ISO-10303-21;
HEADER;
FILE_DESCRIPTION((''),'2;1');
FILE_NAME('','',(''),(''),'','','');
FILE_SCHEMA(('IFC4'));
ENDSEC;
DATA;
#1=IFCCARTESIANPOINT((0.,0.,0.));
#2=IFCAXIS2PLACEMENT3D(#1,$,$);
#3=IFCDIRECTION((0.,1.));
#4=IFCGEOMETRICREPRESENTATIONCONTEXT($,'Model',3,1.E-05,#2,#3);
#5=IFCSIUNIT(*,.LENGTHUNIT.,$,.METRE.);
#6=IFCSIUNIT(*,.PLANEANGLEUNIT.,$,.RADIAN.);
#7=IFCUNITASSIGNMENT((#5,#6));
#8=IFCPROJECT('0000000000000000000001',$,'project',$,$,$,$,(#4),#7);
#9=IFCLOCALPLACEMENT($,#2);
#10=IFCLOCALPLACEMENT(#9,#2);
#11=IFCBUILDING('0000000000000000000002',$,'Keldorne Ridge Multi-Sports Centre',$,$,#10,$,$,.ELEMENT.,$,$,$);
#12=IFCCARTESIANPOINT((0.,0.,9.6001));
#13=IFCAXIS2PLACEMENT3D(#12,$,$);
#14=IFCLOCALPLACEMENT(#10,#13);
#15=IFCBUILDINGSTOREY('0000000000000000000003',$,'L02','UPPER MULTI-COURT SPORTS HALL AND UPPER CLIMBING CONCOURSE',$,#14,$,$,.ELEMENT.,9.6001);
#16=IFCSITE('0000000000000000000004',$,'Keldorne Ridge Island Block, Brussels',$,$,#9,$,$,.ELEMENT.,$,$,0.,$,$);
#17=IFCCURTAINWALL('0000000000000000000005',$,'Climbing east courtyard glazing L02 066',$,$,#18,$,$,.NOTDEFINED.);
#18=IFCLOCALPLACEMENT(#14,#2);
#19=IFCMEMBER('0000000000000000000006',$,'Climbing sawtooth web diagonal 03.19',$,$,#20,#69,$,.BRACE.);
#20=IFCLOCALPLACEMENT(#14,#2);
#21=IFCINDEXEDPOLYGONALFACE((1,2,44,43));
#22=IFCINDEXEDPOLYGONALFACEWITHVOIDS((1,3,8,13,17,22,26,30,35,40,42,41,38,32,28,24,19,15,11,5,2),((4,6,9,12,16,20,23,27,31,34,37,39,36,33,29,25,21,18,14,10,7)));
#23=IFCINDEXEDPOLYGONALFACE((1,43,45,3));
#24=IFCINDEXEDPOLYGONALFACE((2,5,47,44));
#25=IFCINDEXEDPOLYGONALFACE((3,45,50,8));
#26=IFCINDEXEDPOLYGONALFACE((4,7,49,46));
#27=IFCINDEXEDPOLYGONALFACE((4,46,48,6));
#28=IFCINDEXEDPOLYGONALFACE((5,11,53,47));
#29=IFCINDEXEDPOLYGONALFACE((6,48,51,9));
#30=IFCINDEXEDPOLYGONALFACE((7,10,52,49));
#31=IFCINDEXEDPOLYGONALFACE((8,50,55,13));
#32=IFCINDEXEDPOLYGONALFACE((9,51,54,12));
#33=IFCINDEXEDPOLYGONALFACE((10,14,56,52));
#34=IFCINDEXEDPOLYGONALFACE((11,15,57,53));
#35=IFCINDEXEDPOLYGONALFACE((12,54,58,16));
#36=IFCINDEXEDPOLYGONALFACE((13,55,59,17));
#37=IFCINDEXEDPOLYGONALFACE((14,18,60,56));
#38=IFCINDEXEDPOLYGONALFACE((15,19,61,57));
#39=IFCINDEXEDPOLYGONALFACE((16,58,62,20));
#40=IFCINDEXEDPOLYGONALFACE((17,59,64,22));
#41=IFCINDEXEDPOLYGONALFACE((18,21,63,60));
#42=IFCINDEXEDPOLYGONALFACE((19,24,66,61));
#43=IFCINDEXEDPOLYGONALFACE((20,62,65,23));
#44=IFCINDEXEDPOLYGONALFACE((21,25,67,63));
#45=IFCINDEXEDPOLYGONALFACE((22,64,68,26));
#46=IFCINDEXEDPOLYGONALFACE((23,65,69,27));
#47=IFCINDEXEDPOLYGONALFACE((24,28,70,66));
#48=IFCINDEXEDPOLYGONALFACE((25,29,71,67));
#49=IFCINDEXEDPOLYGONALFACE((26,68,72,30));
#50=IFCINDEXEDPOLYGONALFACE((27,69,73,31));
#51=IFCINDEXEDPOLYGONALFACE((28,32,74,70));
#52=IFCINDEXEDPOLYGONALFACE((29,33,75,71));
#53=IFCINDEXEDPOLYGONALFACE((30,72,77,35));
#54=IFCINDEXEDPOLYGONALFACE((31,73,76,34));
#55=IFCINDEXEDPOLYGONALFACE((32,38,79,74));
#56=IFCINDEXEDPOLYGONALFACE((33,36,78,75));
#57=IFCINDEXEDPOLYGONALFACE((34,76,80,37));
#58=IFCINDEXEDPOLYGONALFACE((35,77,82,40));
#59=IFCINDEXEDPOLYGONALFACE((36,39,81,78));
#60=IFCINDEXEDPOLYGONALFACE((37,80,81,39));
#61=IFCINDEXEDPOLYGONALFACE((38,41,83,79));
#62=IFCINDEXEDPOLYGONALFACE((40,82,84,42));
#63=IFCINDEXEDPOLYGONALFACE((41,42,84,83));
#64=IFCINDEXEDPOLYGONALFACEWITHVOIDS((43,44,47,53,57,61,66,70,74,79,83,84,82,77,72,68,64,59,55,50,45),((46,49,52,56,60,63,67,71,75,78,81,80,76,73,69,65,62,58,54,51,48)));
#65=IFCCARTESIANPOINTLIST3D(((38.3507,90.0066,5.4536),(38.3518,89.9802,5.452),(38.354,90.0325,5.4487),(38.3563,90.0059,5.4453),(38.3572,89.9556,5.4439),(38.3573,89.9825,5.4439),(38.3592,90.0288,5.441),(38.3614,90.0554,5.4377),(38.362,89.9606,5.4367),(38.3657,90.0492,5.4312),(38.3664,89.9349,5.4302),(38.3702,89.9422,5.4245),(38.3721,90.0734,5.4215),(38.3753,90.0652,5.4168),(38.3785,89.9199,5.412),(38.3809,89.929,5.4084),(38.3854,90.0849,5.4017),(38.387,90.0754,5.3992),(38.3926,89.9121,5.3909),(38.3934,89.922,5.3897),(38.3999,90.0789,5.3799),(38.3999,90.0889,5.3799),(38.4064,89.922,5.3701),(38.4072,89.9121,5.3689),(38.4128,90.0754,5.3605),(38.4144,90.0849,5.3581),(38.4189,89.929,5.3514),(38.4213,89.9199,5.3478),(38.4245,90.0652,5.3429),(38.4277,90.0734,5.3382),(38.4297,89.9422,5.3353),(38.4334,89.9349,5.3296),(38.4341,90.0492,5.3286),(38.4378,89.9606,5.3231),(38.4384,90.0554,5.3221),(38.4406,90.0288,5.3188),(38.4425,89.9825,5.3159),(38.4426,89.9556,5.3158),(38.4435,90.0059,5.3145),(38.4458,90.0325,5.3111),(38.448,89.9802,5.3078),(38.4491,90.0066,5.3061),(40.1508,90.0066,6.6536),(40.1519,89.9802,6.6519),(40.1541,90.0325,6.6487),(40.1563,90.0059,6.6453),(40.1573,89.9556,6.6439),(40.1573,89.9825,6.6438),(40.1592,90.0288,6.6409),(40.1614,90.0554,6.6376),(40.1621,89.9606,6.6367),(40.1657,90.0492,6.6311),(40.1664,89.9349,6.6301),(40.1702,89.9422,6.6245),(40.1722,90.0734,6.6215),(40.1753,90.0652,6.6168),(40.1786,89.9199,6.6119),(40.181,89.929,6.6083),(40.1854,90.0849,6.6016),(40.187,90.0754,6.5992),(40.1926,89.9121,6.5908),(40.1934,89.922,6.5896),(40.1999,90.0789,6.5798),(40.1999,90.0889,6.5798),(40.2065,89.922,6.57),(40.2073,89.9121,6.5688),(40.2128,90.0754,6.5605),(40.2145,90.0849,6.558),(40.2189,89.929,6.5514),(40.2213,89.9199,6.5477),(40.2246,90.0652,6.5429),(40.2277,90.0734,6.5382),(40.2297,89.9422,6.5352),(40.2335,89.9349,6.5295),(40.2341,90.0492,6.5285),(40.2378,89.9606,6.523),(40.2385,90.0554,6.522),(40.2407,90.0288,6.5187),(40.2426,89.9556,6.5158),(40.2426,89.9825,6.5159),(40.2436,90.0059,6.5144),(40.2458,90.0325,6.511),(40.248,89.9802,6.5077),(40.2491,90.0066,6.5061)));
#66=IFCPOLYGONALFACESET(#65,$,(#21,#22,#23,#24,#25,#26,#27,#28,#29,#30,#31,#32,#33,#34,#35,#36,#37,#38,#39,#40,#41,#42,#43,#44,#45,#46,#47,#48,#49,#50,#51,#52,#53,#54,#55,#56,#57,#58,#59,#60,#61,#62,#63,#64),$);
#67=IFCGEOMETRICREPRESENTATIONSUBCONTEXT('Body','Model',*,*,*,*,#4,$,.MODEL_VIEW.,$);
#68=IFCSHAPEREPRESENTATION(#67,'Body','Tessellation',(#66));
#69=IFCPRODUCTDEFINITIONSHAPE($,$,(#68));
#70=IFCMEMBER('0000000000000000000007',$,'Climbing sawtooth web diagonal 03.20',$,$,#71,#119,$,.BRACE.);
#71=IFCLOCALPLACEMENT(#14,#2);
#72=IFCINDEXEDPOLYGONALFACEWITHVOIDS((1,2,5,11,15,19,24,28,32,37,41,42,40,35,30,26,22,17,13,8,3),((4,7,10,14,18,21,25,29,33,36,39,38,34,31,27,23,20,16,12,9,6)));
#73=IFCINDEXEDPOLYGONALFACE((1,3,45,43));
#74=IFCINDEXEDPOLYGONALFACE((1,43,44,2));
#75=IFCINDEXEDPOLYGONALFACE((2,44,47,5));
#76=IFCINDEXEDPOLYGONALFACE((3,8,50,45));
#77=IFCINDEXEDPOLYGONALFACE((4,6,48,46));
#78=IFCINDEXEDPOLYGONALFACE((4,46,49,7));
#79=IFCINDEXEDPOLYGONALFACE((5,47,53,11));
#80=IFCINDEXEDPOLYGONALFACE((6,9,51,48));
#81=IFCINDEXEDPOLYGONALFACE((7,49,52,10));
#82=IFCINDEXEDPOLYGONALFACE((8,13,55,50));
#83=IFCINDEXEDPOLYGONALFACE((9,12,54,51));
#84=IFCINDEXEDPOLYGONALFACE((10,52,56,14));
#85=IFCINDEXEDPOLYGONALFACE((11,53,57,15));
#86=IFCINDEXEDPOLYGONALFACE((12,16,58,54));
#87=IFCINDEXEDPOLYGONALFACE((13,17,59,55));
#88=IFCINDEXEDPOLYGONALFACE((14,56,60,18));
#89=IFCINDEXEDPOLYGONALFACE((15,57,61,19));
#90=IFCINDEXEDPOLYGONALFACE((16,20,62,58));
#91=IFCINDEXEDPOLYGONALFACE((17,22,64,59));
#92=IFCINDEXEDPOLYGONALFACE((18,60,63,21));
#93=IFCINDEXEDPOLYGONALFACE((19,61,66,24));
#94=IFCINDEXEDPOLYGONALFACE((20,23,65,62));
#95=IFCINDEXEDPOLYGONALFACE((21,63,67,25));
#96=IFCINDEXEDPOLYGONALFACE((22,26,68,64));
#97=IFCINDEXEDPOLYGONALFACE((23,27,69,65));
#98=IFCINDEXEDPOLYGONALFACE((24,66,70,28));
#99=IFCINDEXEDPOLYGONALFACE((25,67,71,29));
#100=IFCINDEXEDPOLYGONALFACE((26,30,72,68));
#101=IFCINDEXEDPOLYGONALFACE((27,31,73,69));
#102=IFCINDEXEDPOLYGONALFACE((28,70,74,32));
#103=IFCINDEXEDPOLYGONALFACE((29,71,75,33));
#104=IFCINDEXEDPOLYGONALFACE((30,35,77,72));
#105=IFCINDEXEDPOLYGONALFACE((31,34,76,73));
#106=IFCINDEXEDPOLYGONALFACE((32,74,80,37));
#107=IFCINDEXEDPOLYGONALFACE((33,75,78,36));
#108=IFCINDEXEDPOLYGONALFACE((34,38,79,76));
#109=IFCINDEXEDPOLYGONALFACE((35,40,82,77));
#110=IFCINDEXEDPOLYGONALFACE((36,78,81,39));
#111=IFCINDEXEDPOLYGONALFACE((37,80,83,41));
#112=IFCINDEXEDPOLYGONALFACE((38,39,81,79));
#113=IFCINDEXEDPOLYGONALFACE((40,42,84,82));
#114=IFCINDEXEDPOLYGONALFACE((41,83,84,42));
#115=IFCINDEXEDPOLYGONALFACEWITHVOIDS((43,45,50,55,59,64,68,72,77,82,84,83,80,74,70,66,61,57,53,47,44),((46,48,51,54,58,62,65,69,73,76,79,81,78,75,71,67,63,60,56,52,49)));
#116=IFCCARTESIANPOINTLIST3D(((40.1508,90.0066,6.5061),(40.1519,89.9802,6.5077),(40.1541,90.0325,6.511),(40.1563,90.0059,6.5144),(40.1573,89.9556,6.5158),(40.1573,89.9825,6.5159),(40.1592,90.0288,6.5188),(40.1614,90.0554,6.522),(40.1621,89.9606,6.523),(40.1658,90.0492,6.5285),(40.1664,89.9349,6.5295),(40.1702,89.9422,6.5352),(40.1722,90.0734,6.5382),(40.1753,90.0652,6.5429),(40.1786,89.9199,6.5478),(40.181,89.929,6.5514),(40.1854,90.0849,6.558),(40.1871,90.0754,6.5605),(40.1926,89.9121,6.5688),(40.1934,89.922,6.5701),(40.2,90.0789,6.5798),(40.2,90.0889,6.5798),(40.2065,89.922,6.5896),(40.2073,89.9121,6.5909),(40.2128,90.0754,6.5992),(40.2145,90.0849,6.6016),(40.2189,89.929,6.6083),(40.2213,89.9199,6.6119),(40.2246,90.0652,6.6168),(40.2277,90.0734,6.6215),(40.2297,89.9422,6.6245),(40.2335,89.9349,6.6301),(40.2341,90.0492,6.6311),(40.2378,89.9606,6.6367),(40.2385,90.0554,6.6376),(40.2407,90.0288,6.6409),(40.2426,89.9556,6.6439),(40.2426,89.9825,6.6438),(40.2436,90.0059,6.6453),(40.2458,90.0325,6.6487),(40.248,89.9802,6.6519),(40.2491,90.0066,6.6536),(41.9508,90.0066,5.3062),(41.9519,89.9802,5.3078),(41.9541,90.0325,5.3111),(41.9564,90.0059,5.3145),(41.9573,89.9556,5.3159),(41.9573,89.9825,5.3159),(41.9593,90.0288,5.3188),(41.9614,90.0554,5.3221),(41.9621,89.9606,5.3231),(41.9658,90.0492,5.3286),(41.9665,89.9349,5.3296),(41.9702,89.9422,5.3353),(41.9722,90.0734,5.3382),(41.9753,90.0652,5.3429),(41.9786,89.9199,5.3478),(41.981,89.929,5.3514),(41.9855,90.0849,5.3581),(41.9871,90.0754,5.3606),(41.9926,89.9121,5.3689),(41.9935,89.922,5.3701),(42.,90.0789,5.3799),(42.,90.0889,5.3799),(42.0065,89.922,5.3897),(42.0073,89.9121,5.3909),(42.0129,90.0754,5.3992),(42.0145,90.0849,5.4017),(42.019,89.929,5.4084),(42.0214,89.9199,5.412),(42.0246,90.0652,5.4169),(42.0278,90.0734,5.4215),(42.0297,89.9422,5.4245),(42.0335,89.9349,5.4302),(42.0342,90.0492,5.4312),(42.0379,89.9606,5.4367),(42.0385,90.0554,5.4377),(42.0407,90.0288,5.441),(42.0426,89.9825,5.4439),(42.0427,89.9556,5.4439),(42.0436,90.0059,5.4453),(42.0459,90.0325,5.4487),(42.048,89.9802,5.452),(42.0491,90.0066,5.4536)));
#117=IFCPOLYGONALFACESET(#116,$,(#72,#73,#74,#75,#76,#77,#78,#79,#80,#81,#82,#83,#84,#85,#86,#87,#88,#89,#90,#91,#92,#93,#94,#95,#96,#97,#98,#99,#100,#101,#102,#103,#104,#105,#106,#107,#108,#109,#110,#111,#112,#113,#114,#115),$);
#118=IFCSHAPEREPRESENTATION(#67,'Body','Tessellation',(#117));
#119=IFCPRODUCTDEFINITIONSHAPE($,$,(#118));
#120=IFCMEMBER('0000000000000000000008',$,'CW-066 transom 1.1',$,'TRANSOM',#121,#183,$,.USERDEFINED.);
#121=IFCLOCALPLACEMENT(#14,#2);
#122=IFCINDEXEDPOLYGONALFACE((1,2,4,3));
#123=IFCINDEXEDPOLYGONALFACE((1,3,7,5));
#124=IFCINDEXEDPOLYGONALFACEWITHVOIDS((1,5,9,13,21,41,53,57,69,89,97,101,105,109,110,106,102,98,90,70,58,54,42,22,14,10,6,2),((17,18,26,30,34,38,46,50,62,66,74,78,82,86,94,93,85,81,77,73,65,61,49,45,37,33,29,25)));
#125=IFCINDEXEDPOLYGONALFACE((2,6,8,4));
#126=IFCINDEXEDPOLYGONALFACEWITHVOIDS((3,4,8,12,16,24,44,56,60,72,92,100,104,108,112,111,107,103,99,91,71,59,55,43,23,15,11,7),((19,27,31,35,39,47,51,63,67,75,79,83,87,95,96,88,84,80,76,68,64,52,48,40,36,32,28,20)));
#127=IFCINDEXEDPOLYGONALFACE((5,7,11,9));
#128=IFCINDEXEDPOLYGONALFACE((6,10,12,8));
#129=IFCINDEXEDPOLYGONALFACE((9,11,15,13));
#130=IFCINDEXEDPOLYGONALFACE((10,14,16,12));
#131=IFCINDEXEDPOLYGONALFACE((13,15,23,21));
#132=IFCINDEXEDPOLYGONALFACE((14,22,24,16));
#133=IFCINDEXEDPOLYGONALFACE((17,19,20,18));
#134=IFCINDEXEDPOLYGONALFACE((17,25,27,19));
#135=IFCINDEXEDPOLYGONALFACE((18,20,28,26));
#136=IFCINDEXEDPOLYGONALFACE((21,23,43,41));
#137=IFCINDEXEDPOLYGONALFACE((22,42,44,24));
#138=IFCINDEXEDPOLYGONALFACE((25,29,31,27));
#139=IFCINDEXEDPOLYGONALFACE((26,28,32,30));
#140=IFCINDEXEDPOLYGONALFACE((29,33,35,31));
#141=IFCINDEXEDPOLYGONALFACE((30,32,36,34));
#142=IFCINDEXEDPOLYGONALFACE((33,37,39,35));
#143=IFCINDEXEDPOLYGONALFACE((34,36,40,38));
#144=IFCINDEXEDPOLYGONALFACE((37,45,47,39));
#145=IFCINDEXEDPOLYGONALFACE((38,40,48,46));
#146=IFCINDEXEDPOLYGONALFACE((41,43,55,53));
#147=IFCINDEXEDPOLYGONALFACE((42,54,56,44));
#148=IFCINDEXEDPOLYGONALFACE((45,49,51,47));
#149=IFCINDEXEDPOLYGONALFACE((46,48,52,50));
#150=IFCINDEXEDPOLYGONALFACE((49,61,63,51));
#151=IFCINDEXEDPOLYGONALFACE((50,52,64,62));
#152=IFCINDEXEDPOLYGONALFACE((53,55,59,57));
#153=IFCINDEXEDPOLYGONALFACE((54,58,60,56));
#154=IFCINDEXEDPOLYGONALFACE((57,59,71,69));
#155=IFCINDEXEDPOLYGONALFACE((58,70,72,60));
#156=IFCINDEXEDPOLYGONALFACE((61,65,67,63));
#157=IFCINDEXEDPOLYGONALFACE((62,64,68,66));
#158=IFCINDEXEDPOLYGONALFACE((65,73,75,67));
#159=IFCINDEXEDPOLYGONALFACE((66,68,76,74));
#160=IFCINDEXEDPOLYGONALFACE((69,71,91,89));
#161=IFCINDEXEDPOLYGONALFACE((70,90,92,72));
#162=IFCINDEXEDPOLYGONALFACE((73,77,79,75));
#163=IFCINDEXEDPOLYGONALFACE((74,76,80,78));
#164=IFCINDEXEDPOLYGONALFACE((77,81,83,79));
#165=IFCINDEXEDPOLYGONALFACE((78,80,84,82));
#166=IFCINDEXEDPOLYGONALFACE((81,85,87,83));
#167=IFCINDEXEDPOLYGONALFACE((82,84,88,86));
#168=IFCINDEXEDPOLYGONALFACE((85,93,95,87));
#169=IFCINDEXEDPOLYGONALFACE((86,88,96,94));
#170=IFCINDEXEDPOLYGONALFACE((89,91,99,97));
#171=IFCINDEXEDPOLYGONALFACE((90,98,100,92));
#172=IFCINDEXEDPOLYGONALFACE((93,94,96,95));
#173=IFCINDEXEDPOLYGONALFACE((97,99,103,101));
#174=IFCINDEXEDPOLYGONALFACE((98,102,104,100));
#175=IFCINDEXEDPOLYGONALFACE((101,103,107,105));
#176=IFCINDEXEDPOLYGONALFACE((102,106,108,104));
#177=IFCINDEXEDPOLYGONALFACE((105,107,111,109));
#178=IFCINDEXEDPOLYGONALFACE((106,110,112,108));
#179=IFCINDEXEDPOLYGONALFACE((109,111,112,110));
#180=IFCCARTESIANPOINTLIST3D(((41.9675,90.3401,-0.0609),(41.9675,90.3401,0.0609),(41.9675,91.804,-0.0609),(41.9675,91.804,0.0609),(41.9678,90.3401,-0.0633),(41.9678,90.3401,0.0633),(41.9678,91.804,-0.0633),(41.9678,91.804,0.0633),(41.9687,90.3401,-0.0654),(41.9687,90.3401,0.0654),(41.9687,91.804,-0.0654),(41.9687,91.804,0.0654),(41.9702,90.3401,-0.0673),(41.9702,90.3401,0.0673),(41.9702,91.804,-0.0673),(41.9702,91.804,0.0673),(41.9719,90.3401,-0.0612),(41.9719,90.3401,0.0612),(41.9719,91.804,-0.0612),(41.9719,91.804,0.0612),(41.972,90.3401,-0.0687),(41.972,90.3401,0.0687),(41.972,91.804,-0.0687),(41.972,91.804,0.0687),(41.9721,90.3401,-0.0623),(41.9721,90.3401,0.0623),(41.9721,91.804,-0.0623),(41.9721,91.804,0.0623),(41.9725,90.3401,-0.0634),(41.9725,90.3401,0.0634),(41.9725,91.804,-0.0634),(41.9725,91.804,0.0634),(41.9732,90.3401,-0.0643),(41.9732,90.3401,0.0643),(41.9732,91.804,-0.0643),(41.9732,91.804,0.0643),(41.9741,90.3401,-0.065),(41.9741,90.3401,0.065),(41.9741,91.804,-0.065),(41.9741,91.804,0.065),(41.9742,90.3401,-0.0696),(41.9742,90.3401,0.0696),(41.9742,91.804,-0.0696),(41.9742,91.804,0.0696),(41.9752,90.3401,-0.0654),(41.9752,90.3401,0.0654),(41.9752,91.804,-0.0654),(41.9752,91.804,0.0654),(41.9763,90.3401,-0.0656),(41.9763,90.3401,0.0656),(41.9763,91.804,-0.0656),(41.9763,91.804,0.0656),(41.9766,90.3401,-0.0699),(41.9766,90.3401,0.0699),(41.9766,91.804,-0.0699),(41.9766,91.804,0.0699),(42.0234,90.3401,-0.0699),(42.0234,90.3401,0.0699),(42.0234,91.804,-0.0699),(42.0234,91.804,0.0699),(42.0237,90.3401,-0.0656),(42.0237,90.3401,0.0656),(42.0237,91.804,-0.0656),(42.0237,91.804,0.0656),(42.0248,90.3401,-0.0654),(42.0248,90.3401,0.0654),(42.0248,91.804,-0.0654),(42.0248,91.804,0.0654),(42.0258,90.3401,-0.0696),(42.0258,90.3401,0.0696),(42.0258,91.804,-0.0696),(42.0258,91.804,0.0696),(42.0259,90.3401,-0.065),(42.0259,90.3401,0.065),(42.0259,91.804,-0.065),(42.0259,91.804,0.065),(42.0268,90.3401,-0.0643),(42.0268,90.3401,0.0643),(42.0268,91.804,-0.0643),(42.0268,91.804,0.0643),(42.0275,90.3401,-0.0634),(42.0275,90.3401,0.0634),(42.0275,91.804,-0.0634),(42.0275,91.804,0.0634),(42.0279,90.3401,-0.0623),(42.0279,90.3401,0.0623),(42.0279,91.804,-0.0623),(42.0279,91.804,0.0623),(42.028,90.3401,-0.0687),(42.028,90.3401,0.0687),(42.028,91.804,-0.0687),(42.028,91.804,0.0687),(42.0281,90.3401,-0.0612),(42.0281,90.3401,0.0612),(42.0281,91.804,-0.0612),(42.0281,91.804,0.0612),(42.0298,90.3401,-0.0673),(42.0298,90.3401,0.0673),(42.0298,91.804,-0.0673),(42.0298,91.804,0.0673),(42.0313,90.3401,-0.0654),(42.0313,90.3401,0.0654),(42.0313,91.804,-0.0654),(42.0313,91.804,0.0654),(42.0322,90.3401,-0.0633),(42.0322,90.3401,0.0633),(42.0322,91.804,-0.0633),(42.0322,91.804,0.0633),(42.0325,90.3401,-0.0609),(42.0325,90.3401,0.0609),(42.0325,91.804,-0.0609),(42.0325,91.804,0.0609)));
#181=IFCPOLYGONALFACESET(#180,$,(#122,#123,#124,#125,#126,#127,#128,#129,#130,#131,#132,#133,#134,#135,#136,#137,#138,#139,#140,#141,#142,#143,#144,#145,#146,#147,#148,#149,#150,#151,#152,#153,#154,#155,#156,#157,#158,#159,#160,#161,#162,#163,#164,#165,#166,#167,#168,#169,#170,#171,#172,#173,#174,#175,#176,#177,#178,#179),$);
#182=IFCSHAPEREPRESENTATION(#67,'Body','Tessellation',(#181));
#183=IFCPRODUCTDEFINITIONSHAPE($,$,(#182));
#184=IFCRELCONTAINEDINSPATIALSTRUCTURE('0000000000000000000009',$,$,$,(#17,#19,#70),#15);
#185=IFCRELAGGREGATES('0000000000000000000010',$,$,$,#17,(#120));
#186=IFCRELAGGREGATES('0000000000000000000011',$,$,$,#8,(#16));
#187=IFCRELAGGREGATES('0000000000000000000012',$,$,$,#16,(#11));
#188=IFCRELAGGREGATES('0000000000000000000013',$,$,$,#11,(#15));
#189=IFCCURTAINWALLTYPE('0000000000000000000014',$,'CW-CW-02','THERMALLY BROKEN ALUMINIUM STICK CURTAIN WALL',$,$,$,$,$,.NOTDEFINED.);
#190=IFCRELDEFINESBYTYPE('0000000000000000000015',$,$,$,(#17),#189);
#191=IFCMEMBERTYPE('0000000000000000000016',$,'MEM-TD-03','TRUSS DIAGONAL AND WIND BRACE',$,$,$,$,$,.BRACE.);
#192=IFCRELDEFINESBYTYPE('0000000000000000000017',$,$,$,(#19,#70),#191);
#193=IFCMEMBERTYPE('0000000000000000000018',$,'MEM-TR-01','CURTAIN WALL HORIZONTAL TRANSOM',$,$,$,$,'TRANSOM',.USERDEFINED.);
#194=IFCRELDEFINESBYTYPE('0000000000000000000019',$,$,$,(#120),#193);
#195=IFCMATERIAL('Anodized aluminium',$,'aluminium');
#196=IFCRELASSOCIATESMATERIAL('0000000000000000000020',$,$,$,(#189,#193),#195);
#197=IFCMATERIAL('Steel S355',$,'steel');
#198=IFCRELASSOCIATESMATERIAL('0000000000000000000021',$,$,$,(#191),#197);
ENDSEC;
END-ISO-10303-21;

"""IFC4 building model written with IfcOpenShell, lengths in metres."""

from ifc_helpers import new_model, si_unit, direction, frame, origin, origin_2d, place, context, subcontext, project, spatial, hollow_rectangle, hollow_circle, extrude, material, material_profile, profile_set, type_object, element, aggregate, save


model = new_model("IFC4")

# Units and contexts
model_context = context("Model", 3, precision=1e-05, world=origin(), true_north=direction((0.0, 1.0)))
body_context = subcontext(model_context, "Body", "Model", "MODEL_VIEW")
ifc_project = project(units=[si_unit("LENGTHUNIT", "METRE"), si_unit("PLANEANGLEUNIT", "RADIAN")], contexts=[model_context])

# Site, building, storey
site_placement = place(None, origin())
site = spatial("IfcSite", under=ifc_project, at=site_placement, Name="Keldorne Ridge Island Block, Brussels", CompositionType="ELEMENT", RefElevation=0.0)
building_placement = place(site_placement, origin())
building = spatial("IfcBuilding", under=site, at=building_placement, Name="Keldorne Ridge Multi-Sports Centre", CompositionType="ELEMENT")
storey_placement = place(building_placement, frame((0.0, 0.0, 9.6001)))
storey = spatial("IfcBuildingStorey", under=building, at=storey_placement, Name="L02", Description="UPPER MULTI-COURT SPORTS HALL AND UPPER CLIMBING CONCOURSE", CompositionType="ELEMENT", Elevation=9.6001)

# Shared definitions
ifc_material_1 = material(Name="Steel S355", Category="steel")

# Curtain wall
ifc_material_2 = material(Name="Anodized aluminium", Category="aluminium")
curtain_wall_type = type_object("IfcCurtainWallType", Name="CW-CW-02", Description="THERMALLY BROKEN ALUMINIUM STICK CURTAIN WALL", PredefinedType="NOTDEFINED", material=ifc_material_2)
curtain_wall_placement = place(storey_placement, origin())
curtain_wall = element("IfcCurtainWall", 1, at=curtain_wall_placement, inside=storey, type_object=curtain_wall_type, Name="Climbing east courtyard glazing L02 066", PredefinedType="NOTDEFINED")

# Members
ifc_material_profile_1 = material_profile(ifc_material_1, hollow_circle(Radius=0.0889, WallThickness=0.01, at=origin_2d()), Name="CHS 177.8x10")
ifc_profile_set_1 = profile_set([ifc_material_profile_1], Name="Steel S355")
member_type_1 = type_object("IfcMemberType", Name="MEM-TD-03", Description="TRUSS DIAGONAL AND WIND BRACE", PredefinedType="BRACE", material=ifc_profile_set_1)
for number, where, z_axis, x_axis, name in (
    (2, (38.3999, 90.0, 5.3799), (0.832068, 0.0, 0.554674), (0.0, 1.0, 0.0), "Climbing sawtooth web diagonal 03.19"),
    (3, (40.2, 90.0, 6.5798), (0.832068, 0.0, -0.554674), (0.0, 1.0, 0.0), "Climbing sawtooth web diagonal 03.20"),
):
    element("IfcMember", number, at=place(storey_placement, frame(where, z_axis=z_axis, x_axis=x_axis)), inside=storey, type_object=member_type_1, Name=name, PredefinedType="BRACE", context=body_context, shape_type="SweptSolid", body=[
        extrude(hollow_circle(Radius=0.0889, WallThickness=0.01, at=origin_2d()), origin(), (0.0, 0.0, 1.0), 2.1633),
    ])

# Member
ifc_material_profile_2 = material_profile(ifc_material_2, hollow_rectangle(XDim=0.0649, YDim=0.1399, WallThickness=0.0044, InnerFilletRadius=0.0044, OuterFilletRadius=0.009, at=origin_2d()), Name="ALU TRANSOM 140x65x4.5")
ifc_profile_set_2 = profile_set([ifc_material_profile_2], Name="Anodized aluminium")
member_type_2 = type_object("IfcMemberType", Name="MEM-TR-01", Description="CURTAIN WALL HORIZONTAL TRANSOM", ElementType="TRANSOM", PredefinedType="USERDEFINED", material=ifc_profile_set_2)
member_1_placement = place(storey_placement, frame((42.0, 90.3401, 0.0), z_axis=(0.0, 1.0, 0.0), x_axis=(-1.0, 0.0, 0.0)))
member_1 = element("IfcMember", 4, at=member_1_placement, type_object=member_type_2, Name="CW-066 transom 1.1", ObjectType="TRANSOM", PredefinedType="USERDEFINED", context=body_context, shape_type="SweptSolid", body=[
    extrude(hollow_rectangle(XDim=0.0649, YDim=0.1399, WallThickness=0.0044, InnerFilletRadius=0.0044, OuterFilletRadius=0.009, at=origin_2d()), origin(), (0.0, 0.0, 1.0), 1.4639),
])

aggregate(curtain_wall, [member_1])

save(model, "model.ifc")
